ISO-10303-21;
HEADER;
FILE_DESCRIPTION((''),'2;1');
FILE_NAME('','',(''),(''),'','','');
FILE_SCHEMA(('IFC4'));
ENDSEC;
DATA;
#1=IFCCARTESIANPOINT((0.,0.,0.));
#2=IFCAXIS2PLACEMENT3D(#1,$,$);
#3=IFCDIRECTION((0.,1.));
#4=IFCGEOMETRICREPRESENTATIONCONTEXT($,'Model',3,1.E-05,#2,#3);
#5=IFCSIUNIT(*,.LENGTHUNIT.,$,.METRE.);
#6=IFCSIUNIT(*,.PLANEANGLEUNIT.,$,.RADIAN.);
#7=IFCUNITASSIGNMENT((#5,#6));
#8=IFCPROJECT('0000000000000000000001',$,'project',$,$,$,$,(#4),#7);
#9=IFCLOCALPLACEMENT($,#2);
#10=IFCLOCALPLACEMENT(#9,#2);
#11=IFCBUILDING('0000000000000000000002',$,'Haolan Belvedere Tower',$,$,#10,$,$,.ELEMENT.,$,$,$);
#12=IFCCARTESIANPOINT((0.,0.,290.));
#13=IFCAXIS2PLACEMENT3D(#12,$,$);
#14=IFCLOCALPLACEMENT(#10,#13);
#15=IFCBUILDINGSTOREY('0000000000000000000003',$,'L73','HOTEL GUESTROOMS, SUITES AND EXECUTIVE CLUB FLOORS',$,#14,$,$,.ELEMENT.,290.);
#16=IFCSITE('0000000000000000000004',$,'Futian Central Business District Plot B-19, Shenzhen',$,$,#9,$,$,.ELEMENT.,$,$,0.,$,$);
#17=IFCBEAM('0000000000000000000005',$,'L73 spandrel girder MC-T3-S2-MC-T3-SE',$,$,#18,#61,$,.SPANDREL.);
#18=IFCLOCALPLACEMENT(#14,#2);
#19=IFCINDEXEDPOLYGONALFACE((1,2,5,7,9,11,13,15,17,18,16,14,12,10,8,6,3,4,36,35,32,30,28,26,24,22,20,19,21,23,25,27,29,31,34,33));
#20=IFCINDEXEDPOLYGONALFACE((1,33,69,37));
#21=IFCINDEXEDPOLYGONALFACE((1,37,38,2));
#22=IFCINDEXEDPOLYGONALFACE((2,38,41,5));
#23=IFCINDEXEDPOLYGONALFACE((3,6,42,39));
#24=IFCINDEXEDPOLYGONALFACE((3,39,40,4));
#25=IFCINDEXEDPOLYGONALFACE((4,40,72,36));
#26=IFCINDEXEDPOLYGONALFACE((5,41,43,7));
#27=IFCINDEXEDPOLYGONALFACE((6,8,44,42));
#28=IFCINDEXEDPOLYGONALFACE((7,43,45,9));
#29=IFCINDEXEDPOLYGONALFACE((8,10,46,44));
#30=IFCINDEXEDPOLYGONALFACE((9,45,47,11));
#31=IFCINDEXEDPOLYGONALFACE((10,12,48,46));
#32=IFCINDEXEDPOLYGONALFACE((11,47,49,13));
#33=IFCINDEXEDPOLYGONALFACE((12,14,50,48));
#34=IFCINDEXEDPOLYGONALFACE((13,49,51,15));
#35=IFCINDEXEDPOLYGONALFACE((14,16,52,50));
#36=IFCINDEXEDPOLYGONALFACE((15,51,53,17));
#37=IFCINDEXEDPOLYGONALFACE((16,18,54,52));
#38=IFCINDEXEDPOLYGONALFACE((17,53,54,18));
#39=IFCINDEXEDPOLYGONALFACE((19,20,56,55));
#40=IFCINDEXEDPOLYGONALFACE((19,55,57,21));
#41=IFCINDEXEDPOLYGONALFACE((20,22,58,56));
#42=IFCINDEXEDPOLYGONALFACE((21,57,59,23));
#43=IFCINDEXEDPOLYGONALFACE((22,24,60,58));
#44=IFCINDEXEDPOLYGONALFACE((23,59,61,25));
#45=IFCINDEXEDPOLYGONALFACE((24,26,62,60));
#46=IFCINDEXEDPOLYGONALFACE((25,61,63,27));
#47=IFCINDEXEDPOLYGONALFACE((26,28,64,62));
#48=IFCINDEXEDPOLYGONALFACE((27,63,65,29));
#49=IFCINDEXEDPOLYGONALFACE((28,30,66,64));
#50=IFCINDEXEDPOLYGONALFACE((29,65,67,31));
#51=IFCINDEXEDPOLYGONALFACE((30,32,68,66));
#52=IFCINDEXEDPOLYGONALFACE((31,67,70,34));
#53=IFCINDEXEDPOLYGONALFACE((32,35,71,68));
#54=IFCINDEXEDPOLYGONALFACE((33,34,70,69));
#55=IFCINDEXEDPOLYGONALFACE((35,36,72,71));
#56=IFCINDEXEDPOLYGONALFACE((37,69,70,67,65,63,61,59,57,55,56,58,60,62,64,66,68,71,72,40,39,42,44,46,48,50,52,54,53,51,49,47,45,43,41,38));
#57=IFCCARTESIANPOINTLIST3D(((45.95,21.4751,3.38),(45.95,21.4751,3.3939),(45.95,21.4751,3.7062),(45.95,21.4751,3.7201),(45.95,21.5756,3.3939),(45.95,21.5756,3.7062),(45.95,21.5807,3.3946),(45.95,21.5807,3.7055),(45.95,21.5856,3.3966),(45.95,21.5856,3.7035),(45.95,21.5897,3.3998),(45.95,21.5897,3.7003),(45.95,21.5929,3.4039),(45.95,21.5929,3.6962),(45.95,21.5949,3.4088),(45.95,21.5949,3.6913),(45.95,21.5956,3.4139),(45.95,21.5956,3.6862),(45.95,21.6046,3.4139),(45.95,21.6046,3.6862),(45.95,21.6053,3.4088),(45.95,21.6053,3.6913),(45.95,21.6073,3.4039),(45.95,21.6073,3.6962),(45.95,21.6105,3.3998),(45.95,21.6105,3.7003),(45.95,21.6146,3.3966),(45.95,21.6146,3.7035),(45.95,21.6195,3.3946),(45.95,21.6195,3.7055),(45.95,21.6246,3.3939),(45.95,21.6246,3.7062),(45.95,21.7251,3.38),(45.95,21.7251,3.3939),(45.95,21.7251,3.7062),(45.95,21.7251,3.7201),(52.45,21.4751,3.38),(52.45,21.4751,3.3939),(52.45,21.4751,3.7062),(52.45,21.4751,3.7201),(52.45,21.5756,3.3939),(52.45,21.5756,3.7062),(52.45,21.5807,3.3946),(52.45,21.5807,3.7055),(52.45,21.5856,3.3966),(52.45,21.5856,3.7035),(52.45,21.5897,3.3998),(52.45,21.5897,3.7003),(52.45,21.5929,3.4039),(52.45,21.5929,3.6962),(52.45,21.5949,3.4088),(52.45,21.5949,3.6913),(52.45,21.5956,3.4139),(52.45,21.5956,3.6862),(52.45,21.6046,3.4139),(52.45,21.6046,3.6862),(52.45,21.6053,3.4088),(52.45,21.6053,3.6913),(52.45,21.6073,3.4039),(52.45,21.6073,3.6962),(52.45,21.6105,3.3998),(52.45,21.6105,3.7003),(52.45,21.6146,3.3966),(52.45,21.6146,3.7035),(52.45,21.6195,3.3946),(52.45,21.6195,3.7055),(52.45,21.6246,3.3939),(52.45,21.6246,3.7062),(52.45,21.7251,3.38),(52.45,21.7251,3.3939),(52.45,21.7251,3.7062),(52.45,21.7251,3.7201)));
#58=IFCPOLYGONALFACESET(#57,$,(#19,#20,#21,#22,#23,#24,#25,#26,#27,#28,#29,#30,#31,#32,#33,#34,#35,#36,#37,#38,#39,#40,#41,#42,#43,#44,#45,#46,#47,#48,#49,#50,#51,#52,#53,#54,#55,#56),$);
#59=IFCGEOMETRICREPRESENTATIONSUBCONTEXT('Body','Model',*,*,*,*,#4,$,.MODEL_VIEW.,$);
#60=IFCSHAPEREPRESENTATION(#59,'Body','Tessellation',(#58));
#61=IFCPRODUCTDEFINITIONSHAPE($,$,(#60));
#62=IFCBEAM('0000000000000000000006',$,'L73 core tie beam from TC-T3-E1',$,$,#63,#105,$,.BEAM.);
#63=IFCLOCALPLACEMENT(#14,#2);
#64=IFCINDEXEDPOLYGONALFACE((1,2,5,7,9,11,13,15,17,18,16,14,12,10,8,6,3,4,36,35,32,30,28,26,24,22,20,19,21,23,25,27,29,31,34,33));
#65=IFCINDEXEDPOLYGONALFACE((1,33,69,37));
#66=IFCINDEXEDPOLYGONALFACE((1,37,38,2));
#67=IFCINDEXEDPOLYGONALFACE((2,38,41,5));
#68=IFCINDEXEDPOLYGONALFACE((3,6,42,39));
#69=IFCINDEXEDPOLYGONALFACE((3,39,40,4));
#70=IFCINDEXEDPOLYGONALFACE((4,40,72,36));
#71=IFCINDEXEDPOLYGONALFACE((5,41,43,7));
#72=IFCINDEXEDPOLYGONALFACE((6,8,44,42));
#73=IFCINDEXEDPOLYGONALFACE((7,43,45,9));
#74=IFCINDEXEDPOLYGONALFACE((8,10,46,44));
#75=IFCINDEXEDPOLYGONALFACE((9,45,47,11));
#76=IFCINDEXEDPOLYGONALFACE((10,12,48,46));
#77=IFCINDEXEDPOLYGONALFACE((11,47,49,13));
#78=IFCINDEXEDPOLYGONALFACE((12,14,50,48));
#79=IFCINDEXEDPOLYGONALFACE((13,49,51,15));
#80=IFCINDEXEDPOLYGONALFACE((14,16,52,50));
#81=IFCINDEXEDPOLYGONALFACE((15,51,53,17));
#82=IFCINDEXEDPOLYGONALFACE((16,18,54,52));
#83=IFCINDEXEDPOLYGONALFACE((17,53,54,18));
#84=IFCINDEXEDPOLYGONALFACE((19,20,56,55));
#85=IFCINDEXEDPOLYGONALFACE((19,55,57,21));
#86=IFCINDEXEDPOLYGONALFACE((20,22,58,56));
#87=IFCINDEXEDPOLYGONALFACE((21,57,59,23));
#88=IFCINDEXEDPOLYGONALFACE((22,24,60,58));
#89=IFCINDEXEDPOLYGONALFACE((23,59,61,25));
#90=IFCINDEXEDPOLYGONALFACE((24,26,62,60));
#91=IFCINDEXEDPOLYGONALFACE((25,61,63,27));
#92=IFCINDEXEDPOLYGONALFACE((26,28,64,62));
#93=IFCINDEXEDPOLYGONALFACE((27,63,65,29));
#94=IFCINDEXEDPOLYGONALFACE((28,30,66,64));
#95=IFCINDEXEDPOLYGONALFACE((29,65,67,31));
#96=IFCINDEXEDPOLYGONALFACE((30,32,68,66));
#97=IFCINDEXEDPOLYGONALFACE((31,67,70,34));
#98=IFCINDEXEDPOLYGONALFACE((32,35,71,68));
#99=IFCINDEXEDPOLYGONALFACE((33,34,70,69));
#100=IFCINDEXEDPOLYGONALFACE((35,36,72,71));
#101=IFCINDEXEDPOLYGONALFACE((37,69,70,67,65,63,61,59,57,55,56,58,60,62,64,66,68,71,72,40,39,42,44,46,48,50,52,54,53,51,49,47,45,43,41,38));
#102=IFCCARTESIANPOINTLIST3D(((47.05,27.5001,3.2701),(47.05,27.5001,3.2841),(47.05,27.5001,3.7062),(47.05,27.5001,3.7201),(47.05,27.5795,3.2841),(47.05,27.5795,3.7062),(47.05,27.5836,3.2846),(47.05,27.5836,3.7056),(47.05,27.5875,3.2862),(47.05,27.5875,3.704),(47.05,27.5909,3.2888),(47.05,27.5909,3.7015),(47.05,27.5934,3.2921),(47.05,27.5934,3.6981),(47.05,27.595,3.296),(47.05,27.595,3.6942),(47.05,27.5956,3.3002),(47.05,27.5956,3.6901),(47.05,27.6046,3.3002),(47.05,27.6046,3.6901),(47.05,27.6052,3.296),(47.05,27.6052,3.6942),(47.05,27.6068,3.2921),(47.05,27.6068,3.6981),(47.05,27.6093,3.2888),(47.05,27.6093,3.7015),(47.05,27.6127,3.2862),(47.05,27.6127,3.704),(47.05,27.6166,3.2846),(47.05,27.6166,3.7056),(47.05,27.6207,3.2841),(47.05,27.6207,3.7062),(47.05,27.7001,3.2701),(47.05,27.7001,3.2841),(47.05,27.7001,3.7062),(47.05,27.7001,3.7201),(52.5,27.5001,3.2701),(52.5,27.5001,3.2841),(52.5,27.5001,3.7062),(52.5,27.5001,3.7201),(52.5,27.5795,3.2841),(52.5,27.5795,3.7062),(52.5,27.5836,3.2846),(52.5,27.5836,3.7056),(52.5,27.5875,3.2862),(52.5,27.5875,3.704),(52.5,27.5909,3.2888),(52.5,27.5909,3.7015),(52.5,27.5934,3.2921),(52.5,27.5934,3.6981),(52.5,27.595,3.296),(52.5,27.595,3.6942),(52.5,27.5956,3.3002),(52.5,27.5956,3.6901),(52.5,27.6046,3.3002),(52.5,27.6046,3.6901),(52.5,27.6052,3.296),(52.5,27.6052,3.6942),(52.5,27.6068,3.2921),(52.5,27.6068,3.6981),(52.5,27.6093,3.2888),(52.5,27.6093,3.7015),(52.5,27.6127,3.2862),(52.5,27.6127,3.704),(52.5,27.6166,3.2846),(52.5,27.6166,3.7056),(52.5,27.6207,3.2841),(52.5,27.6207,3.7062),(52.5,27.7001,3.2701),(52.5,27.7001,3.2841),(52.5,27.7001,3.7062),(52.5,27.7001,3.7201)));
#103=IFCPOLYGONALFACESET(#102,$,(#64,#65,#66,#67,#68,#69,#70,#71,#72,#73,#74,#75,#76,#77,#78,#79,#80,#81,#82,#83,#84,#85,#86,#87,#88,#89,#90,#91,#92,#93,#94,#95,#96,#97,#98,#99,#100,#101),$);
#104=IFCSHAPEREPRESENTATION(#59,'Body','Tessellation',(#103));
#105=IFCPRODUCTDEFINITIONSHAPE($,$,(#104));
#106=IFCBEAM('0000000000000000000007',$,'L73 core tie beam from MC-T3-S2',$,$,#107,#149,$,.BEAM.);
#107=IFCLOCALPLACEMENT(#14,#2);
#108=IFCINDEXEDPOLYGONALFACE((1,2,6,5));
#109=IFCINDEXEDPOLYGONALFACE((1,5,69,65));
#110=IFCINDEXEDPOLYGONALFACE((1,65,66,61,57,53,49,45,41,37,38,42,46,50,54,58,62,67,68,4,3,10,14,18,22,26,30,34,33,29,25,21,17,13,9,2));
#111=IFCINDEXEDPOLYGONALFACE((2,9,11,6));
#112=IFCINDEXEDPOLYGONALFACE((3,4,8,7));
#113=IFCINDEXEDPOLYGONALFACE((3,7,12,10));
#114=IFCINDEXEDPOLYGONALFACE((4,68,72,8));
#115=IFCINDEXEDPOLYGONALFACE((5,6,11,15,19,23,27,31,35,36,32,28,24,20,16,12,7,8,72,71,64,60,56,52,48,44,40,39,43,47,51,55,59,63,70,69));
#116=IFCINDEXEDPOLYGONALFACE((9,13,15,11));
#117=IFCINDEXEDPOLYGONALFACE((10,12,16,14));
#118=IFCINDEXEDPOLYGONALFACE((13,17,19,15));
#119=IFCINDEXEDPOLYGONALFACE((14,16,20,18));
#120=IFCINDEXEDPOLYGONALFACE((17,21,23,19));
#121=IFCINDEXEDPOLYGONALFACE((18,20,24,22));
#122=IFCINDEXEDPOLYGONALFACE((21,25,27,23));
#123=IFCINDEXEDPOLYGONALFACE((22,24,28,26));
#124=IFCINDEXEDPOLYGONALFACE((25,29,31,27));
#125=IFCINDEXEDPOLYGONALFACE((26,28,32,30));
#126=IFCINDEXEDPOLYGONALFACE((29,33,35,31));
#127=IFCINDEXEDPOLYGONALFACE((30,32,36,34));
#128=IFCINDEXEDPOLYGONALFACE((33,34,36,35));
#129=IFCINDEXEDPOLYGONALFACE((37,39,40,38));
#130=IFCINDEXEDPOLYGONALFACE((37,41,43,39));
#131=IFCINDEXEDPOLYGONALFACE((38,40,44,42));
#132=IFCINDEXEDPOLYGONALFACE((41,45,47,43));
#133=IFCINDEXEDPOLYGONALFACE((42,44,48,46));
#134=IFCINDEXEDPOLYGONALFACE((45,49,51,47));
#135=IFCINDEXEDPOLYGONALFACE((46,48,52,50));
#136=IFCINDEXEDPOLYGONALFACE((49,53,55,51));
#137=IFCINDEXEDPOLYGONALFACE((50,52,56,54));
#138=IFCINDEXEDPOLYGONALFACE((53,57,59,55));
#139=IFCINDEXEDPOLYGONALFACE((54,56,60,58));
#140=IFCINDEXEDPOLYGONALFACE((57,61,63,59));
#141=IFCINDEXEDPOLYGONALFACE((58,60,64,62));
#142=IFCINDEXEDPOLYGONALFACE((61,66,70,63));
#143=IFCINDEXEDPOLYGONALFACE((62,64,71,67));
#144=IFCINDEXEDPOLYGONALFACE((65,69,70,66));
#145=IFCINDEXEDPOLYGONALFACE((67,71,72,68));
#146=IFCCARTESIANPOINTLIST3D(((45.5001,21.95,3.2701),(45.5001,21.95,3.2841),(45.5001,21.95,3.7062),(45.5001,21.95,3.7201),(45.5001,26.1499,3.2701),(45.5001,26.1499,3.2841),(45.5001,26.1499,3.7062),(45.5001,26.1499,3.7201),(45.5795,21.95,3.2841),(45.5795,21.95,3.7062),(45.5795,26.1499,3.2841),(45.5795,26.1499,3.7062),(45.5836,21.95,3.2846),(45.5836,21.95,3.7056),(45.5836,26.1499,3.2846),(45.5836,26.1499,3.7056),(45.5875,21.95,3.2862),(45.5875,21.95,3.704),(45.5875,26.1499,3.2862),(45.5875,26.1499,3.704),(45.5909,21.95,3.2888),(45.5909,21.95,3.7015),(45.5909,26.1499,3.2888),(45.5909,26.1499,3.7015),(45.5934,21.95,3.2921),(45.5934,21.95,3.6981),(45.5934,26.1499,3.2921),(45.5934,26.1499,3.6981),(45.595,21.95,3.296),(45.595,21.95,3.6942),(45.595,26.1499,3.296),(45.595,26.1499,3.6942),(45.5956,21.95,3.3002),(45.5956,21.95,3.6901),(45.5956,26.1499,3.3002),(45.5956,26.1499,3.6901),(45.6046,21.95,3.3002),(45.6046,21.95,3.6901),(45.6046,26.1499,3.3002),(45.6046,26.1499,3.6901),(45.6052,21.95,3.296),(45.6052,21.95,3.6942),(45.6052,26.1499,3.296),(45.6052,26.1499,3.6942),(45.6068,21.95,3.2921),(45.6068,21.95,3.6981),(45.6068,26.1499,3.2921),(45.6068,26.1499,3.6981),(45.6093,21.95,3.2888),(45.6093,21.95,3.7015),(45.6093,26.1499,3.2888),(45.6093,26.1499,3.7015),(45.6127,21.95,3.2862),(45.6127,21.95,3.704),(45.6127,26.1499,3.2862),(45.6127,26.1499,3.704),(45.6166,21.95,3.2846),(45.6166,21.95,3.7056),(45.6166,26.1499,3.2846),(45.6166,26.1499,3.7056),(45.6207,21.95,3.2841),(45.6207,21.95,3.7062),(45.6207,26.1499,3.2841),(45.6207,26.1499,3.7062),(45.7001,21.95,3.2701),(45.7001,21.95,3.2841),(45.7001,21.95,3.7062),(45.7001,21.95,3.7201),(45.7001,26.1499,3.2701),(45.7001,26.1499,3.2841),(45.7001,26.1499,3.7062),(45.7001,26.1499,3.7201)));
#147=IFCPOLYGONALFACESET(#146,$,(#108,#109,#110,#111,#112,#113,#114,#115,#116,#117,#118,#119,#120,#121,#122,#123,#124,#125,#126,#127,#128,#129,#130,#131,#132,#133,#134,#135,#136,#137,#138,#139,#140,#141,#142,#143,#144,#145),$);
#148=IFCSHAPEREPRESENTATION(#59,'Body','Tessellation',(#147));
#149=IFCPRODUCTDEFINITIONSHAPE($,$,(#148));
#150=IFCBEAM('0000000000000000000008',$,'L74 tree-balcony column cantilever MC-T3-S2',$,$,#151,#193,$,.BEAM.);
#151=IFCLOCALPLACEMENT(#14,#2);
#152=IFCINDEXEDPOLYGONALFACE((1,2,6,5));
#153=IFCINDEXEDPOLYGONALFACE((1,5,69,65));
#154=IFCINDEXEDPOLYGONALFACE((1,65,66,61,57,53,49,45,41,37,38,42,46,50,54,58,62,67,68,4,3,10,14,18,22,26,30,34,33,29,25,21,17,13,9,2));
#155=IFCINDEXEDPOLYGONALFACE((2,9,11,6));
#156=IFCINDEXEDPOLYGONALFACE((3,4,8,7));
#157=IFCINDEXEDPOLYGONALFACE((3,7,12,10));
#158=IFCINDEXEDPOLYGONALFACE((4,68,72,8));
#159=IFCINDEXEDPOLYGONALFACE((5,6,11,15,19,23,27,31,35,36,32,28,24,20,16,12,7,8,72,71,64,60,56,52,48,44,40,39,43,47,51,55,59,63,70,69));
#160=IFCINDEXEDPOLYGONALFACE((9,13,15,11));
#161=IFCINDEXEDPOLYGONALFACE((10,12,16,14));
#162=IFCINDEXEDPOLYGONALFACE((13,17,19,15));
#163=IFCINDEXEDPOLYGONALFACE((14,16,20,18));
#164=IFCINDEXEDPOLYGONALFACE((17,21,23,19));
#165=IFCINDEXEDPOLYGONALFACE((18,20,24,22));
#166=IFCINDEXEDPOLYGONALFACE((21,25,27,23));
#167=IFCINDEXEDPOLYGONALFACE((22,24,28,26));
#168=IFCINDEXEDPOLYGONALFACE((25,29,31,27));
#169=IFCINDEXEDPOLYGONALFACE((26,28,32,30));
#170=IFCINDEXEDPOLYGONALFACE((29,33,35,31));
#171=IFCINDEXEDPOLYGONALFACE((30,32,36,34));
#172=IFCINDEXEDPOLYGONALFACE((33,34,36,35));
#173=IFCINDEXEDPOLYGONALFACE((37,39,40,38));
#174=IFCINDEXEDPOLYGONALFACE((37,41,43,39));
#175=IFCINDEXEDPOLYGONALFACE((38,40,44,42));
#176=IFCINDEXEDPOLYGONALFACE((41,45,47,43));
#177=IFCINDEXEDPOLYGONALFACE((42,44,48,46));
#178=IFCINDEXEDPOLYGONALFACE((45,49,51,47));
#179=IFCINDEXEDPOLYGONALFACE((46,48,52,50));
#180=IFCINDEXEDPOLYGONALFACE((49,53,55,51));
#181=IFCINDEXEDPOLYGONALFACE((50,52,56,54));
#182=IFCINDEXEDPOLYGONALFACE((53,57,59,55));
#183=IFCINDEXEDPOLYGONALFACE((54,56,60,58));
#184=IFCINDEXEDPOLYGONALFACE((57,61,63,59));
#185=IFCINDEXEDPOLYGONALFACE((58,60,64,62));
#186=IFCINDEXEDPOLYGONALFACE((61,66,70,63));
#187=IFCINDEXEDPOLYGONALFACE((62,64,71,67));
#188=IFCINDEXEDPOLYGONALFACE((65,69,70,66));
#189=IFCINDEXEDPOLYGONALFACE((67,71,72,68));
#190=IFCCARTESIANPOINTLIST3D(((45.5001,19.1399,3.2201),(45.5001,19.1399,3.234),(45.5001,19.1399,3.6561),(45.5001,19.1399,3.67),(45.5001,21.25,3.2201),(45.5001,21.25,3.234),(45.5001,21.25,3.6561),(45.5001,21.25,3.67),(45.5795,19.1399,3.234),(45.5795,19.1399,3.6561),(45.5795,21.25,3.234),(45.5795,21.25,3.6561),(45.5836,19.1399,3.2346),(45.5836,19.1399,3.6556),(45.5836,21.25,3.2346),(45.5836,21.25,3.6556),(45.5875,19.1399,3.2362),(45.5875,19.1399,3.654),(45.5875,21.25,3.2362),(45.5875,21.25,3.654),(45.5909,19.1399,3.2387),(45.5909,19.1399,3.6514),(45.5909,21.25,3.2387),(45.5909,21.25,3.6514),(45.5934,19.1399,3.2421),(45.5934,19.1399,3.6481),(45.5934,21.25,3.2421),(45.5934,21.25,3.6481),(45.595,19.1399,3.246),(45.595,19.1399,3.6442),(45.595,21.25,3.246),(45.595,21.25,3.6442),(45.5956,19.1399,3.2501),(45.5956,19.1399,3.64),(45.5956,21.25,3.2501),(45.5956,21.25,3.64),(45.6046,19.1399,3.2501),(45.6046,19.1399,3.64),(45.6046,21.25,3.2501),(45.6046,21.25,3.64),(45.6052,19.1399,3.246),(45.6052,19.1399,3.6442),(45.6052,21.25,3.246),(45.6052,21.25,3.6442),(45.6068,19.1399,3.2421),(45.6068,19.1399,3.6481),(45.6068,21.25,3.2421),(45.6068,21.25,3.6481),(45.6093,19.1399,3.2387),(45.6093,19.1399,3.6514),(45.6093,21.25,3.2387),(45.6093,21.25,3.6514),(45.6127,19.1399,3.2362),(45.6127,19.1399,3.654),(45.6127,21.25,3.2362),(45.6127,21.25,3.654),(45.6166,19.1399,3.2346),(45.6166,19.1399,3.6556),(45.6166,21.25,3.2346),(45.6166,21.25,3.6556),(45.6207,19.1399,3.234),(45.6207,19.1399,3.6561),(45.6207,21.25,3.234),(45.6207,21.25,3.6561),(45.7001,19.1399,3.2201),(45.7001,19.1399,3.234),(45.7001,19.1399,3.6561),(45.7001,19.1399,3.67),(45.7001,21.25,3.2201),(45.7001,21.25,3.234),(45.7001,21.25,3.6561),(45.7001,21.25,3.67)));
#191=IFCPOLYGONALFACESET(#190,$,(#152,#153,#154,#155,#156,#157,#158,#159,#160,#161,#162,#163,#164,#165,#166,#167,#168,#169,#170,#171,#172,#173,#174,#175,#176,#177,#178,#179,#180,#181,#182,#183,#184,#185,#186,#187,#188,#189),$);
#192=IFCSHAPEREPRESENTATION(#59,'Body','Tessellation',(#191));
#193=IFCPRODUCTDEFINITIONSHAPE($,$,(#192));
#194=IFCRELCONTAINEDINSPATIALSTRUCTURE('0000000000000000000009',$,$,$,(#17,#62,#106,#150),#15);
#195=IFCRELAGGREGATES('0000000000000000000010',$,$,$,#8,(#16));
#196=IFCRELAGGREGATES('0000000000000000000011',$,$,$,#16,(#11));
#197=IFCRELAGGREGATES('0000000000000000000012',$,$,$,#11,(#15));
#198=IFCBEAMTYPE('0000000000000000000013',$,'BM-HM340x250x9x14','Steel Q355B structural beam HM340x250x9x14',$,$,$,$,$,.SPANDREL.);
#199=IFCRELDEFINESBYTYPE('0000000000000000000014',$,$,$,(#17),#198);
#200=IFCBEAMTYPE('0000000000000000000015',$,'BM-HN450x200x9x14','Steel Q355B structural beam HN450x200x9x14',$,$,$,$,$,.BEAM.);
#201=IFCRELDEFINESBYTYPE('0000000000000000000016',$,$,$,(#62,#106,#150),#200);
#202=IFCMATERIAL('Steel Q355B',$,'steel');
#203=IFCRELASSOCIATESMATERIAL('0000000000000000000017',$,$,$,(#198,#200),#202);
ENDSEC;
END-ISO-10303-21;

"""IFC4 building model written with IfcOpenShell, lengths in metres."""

from ifc_helpers import new_model, si_unit, direction, frame, origin, origin_2d, place, context, subcontext, project, spatial, i_section, extrude, material, material_profile, profile_set, type_object, element, save


model = new_model("IFC4")

# Units and contexts
model_context = context("Model", 3, precision=1e-05, world=origin(), true_north=direction((0.0, 1.0)))
body_context = subcontext(model_context, "Body", "Model", "MODEL_VIEW")
ifc_project = project(units=[si_unit("LENGTHUNIT", "METRE"), si_unit("PLANEANGLEUNIT", "RADIAN")], contexts=[model_context])

# Site, building, storey
site_placement = place(None, origin())
site = spatial("IfcSite", under=ifc_project, at=site_placement, Name="Futian Central Business District Plot B-19, Shenzhen", CompositionType="ELEMENT", RefElevation=0.0)
building_placement = place(site_placement, origin())
building = spatial("IfcBuilding", under=site, at=building_placement, Name="Haolan Belvedere Tower", CompositionType="ELEMENT")
storey_placement = place(building_placement, frame((0.0, 0.0, 290.0)))
storey = spatial("IfcBuildingStorey", under=building, at=storey_placement, Name="L73", Description="HOTEL GUESTROOMS, SUITES AND EXECUTIVE CLUB FLOORS", CompositionType="ELEMENT", Elevation=290.0)

# Beams
ifc_material_1 = material(Name="Steel Q355B", Category="steel")
ifc_material_profile_1 = material_profile(ifc_material_1, i_section(OverallWidth=0.25, OverallDepth=0.3401, WebThickness=0.009, FlangeThickness=0.0139, FilletRadius=0.02, at=origin_2d()), Name="Steel Q355B")
ifc_profile_set_1 = profile_set([ifc_material_profile_1], Name="Steel Q355B")
beam_type_1 = type_object("IfcBeamType", Name="BM-HM340x250x9x14", Description="Steel Q355B structural beam HM340x250x9x14", PredefinedType="SPANDREL", material=ifc_profile_set_1)
beam_1_placement = place(storey_placement, frame((45.95, 21.6001, 3.55), z_axis=(1.0, 0.0, 0.0), x_axis=(0.0, 1.0, 0.0)))
element("IfcBeam", 1, at=beam_1_placement, inside=storey, type_object=beam_type_1, Name="L73 spandrel girder MC-T3-S2-MC-T3-SE", PredefinedType="SPANDREL", context=body_context, shape_type="SweptSolid", body=[
    extrude(i_section(OverallWidth=0.25, OverallDepth=0.3401, WebThickness=0.009, FlangeThickness=0.0139, FilletRadius=0.02, at=origin_2d()), origin(), (0.0, 0.0, 1.0), 6.5),
])
ifc_material_profile_2 = material_profile(ifc_material_1, i_section(OverallWidth=0.2, OverallDepth=0.45, WebThickness=0.009, FlangeThickness=0.0139, FilletRadius=0.0161, at=origin_2d()), Name="Steel Q355B")
ifc_profile_set_2 = profile_set([ifc_material_profile_2], Name="Steel Q355B")
beam_type_2 = type_object("IfcBeamType", Name="BM-HN450x200x9x14", Description="Steel Q355B structural beam HN450x200x9x14", PredefinedType="BEAM", material=ifc_profile_set_2)
beam_2_placement = place(storey_placement, frame((52.5, 27.6001, 3.4951), z_axis=(-1.0, 0.0, 0.0), x_axis=(0.0, -1.0, 0.0)))
element("IfcBeam", 2, at=beam_2_placement, inside=storey, type_object=beam_type_2, Name="L73 core tie beam from TC-T3-E1", PredefinedType="BEAM", context=body_context, shape_type="SweptSolid", body=[
    extrude(i_section(OverallWidth=0.2, OverallDepth=0.45, WebThickness=0.009, FlangeThickness=0.0139, FilletRadius=0.0161, at=origin_2d()), origin(), (0.0, 0.0, 1.0), 5.45),
])
beam_3_placement = place(storey_placement, frame((45.6001, 21.95, 3.4951), z_axis=(0.0, 1.0, 0.0), x_axis=(-1.0, 0.0, 0.0)))
element("IfcBeam", 3, at=beam_3_placement, inside=storey, type_object=beam_type_2, Name="L73 core tie beam from MC-T3-S2", PredefinedType="BEAM", context=body_context, shape_type="SweptSolid", body=[
    extrude(i_section(OverallWidth=0.2, OverallDepth=0.45, WebThickness=0.009, FlangeThickness=0.0139, FilletRadius=0.0161, at=origin_2d()), origin(), (0.0, 0.0, 1.0), 4.2),
])
beam_4_placement = place(storey_placement, frame((45.6001, 21.25, 3.4451), z_axis=(0.0, -1.0, 0.0), x_axis=(1.0, 0.0, 0.0)))
element("IfcBeam", 4, at=beam_4_placement, inside=storey, type_object=beam_type_2, Name="L74 tree-balcony column cantilever MC-T3-S2", PredefinedType="BEAM", context=body_context, shape_type="SweptSolid", body=[
    extrude(i_section(OverallWidth=0.2, OverallDepth=0.45, WebThickness=0.009, FlangeThickness=0.0139, FilletRadius=0.0161, at=origin_2d()), origin(), (0.0, 0.0, 1.0), 2.1101),
])

save(model, "model.ifc")
